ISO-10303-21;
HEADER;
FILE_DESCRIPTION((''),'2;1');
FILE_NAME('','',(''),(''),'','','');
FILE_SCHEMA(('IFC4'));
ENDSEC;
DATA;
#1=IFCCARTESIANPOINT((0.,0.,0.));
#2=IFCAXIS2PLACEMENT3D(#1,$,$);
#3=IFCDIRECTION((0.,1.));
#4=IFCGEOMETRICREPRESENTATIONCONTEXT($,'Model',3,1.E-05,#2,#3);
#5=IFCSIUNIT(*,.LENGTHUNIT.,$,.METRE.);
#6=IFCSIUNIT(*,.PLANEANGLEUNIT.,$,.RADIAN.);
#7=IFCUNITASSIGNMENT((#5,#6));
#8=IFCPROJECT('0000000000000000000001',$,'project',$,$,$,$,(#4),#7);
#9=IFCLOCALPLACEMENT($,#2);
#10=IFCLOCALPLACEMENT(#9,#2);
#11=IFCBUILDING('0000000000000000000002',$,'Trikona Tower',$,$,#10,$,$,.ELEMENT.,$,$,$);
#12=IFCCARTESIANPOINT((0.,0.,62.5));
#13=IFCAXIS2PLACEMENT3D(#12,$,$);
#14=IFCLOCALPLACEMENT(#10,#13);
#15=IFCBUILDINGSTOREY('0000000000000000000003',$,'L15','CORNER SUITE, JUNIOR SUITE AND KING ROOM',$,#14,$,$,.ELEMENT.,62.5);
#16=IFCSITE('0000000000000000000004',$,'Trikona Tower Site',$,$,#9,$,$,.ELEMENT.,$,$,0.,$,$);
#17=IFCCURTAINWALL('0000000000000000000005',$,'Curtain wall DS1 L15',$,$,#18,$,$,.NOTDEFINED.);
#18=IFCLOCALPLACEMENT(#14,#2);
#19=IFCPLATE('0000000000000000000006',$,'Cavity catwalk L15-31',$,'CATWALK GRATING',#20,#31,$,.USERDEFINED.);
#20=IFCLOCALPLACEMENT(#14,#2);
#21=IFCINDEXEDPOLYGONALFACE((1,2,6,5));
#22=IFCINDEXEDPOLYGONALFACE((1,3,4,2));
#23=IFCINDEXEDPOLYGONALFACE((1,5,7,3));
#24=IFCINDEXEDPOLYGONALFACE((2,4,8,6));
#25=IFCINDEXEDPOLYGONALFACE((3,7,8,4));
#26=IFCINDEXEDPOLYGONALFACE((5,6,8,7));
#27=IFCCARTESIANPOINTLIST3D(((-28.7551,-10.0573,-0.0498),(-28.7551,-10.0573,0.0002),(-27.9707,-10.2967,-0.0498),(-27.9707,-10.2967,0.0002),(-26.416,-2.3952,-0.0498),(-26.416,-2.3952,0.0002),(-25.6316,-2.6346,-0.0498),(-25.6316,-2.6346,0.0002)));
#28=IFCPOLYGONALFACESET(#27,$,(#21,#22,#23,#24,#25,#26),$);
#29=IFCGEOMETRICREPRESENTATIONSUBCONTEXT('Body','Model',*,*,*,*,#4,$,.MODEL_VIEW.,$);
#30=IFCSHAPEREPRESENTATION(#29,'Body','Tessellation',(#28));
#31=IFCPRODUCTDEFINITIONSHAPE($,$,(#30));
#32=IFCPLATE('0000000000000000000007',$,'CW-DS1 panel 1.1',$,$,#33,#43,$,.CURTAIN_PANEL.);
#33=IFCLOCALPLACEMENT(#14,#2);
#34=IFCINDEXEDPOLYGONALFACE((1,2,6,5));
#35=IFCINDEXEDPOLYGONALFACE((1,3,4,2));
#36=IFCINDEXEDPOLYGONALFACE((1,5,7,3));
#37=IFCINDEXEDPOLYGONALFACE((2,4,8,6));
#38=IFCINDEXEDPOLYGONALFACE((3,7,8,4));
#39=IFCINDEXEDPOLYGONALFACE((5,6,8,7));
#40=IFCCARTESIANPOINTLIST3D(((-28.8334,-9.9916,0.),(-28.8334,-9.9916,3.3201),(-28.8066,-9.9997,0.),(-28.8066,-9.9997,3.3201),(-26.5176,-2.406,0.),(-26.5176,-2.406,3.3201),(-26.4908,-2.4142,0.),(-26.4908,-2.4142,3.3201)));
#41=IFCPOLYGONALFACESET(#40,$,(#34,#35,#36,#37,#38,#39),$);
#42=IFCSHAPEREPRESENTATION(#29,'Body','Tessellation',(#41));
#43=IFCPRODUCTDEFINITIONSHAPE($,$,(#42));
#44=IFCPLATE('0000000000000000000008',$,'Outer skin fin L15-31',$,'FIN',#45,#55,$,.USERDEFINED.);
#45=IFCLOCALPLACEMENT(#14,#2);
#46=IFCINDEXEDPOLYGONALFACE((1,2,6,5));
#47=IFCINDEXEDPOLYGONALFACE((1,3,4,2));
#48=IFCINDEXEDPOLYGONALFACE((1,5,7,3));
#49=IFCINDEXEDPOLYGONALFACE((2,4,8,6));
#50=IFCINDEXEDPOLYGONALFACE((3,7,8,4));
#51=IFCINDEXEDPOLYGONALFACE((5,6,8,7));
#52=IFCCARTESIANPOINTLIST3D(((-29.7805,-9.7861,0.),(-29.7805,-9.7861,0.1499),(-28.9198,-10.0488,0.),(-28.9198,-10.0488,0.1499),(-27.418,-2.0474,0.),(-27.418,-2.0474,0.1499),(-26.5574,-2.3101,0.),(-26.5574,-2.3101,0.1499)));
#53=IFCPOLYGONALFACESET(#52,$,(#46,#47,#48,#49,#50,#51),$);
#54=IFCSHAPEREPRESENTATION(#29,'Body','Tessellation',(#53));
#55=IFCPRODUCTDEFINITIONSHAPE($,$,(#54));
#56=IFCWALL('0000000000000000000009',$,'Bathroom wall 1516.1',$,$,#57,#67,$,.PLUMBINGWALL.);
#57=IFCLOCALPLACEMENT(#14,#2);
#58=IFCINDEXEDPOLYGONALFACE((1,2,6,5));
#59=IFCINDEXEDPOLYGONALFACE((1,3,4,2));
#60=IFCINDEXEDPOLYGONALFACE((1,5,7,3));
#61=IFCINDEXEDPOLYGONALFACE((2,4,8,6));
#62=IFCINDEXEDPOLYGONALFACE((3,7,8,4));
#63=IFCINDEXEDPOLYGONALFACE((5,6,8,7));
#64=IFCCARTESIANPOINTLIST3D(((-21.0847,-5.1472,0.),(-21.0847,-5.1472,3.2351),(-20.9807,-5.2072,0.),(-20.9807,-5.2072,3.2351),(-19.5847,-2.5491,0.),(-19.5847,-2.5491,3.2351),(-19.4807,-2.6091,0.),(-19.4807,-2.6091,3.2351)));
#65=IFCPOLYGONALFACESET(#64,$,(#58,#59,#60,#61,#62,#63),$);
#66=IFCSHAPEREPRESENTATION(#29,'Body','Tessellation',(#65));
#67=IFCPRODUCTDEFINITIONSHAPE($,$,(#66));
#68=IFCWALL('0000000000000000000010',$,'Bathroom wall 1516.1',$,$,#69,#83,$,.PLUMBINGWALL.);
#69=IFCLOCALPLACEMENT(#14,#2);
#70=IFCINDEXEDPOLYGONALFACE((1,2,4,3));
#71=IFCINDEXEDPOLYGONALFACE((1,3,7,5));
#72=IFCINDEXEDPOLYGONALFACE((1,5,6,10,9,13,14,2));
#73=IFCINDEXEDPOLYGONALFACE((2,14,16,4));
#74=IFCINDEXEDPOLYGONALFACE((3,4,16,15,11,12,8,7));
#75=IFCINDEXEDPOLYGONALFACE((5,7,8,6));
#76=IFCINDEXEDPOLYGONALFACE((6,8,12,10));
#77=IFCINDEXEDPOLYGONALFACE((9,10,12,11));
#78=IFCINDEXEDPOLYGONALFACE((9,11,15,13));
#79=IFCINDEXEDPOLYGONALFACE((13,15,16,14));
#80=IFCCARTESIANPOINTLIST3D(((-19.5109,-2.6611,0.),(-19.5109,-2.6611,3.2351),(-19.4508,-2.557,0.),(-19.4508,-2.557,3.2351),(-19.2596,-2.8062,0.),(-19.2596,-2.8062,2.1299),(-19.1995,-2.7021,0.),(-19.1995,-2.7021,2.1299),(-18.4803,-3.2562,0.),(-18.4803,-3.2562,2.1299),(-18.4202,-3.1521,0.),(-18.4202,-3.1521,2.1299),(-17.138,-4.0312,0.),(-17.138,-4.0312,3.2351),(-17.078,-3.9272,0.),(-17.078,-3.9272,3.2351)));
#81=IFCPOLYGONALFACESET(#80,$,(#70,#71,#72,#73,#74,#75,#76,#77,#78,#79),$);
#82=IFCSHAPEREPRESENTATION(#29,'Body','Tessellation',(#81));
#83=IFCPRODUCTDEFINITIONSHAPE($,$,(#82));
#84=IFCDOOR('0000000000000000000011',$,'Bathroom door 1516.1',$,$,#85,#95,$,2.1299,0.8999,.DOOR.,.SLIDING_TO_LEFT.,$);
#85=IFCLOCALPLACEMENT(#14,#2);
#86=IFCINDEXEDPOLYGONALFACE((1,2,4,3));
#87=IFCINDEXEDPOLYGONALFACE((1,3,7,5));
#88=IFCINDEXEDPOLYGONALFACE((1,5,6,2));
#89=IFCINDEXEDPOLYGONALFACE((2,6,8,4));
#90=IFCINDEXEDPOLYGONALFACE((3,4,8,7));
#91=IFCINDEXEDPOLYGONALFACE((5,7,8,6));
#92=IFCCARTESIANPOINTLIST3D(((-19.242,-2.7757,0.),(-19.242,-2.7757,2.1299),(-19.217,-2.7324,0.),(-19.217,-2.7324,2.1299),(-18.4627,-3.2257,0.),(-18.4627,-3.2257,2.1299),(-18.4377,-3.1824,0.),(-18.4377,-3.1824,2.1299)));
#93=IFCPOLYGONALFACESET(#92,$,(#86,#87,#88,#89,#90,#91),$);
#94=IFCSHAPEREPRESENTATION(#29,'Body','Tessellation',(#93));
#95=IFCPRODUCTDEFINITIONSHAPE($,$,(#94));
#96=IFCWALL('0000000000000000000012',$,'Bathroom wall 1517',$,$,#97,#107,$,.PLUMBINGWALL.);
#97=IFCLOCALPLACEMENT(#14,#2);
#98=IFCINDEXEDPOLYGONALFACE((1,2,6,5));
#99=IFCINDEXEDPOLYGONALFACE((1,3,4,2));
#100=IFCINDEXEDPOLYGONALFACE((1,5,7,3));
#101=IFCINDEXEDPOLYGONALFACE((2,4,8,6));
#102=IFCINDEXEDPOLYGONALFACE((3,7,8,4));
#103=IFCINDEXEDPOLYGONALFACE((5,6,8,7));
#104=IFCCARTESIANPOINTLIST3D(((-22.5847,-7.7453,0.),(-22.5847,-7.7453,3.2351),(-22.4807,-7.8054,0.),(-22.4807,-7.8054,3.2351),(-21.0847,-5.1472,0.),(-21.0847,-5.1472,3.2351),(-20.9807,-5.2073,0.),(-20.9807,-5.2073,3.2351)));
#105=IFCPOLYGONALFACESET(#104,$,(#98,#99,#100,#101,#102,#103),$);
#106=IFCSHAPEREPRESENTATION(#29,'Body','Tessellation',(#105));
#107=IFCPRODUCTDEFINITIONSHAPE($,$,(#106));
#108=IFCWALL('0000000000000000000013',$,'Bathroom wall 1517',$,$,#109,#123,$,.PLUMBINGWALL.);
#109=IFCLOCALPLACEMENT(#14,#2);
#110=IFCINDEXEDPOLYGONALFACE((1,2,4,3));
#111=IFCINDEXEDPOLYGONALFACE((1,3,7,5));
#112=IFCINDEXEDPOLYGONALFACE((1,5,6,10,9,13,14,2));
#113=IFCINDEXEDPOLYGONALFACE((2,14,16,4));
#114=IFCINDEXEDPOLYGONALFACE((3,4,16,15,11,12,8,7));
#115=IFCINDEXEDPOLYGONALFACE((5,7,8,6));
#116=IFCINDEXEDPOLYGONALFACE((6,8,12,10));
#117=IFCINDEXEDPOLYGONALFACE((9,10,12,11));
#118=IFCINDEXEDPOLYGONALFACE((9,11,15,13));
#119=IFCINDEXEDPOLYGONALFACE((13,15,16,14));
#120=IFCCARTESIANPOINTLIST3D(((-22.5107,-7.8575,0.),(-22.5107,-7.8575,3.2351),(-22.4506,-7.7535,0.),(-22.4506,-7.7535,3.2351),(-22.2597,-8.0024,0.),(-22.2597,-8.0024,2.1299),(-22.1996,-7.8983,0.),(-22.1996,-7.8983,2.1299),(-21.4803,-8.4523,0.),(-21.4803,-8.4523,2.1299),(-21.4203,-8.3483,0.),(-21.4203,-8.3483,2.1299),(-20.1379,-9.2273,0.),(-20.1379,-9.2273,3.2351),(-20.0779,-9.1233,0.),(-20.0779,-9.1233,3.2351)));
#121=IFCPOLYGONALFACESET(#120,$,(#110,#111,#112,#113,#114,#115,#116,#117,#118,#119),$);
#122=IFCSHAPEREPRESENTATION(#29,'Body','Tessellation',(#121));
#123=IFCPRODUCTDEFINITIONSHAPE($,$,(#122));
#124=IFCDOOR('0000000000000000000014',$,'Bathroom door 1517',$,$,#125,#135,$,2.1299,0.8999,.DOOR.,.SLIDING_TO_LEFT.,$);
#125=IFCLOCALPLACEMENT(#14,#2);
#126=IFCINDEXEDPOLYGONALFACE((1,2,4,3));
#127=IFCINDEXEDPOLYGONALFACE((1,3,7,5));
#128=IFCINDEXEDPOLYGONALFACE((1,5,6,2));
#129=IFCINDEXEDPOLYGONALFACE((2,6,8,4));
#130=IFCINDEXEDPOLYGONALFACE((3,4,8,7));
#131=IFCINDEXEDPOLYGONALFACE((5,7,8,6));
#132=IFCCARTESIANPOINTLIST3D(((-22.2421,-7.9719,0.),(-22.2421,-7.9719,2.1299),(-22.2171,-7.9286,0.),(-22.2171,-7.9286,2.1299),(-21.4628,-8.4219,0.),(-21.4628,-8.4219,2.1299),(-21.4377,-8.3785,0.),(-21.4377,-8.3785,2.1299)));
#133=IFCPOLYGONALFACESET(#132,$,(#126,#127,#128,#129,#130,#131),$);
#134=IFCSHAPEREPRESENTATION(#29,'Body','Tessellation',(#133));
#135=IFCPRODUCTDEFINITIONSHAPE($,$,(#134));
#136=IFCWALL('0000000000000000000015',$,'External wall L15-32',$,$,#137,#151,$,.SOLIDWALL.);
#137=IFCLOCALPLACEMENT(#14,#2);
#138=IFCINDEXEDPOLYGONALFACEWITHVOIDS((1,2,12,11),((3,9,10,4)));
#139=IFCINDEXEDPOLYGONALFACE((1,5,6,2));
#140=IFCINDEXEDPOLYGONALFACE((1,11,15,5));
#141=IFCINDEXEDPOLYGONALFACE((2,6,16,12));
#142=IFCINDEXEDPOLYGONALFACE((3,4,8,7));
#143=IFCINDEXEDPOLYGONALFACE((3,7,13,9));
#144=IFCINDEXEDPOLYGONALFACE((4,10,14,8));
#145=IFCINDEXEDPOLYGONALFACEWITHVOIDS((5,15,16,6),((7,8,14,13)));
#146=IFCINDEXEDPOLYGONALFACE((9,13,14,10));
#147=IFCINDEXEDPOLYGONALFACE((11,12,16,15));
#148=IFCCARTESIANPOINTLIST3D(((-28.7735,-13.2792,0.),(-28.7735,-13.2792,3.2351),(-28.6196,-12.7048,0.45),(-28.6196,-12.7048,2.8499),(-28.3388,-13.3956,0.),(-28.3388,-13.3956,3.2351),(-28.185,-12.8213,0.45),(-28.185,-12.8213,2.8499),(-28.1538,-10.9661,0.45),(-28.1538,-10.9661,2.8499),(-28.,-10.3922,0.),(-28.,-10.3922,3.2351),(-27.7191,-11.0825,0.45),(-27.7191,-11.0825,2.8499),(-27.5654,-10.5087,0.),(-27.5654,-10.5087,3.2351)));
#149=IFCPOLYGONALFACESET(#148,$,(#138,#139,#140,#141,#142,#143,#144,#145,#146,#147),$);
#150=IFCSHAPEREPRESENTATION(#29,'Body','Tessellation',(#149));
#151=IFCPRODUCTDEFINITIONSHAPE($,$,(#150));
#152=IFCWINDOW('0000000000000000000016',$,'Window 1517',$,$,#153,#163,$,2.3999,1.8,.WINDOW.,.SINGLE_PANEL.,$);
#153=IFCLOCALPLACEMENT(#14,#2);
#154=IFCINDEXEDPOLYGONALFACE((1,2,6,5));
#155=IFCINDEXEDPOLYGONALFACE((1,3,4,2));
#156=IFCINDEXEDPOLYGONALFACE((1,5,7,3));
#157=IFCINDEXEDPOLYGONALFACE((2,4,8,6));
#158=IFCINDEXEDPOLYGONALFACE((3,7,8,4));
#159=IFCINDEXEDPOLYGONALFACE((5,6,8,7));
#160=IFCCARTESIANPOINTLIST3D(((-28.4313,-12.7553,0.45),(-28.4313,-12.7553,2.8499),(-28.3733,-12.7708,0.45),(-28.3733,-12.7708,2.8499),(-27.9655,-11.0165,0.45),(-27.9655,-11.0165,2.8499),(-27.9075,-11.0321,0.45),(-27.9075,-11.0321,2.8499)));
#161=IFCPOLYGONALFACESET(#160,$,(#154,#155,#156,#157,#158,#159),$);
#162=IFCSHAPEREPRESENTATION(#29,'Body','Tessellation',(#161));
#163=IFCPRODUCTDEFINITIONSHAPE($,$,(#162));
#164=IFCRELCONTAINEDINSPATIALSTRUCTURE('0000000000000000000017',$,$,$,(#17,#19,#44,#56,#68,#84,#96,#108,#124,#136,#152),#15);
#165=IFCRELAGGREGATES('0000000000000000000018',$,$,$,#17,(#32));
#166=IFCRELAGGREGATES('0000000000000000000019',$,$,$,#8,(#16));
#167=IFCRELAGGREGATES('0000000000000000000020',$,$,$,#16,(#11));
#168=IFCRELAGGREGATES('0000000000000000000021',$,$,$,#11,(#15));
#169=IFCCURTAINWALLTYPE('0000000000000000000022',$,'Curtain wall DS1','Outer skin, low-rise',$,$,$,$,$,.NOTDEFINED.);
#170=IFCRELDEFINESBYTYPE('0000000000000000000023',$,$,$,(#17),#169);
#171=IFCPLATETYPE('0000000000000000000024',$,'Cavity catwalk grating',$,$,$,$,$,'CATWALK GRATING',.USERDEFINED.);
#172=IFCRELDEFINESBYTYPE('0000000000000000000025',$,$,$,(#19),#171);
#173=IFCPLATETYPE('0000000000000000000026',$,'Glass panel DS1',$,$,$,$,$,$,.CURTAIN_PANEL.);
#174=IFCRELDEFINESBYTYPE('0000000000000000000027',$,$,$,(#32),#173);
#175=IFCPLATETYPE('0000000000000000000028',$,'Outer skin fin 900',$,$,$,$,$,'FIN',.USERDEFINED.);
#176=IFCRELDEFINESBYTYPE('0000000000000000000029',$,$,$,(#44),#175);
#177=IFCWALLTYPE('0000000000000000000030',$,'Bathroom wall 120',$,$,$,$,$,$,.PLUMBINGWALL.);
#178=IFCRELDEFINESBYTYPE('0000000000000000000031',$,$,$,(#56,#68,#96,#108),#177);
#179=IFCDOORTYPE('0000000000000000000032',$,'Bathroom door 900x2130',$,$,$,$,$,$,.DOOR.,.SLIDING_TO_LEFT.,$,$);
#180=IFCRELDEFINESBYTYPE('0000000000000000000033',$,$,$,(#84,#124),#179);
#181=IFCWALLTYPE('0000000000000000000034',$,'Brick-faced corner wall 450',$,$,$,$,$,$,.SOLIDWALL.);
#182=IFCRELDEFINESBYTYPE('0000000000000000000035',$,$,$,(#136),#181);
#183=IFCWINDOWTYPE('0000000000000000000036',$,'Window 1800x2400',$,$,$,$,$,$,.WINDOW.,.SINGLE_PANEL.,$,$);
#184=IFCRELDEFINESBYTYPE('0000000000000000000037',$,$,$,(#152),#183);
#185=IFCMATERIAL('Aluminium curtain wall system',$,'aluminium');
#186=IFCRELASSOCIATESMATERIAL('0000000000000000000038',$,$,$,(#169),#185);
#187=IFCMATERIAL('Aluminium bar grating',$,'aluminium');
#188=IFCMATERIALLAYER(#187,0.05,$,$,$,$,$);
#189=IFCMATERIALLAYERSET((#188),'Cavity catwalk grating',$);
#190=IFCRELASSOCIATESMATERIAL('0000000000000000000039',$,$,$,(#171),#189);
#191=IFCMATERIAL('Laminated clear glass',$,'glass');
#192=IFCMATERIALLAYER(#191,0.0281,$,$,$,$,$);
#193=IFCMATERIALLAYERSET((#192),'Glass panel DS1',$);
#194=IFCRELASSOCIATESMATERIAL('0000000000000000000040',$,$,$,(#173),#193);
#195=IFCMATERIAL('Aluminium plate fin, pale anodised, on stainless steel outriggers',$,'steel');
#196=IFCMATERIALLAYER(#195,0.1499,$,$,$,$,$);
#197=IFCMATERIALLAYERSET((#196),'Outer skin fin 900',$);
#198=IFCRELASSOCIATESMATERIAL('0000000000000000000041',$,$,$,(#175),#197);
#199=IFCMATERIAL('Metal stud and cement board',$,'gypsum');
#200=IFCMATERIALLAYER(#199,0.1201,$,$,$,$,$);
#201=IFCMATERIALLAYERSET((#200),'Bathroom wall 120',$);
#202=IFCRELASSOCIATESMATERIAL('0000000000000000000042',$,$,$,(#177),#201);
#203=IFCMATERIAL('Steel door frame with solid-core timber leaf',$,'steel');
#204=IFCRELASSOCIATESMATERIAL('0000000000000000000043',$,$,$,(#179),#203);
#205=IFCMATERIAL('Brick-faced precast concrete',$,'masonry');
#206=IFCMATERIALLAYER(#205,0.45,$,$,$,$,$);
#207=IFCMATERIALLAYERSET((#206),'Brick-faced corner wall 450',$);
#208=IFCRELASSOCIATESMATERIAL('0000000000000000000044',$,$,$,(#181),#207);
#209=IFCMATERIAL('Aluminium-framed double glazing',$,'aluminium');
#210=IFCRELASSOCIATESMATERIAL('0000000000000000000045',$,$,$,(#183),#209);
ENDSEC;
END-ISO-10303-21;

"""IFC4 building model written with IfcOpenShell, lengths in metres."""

from ifc_helpers import new_model, si_unit, direction, frame, frame_2d, origin, origin_2d, place, context, subcontext, project, spatial, rectangle, extrude, material, layer, layer_set, type_object, element, fill, aggregate, save


model = new_model("IFC4")

# Units and contexts
model_context = context("Model", 3, precision=1e-05, world=origin(), true_north=direction((0.0, 1.0)))
body_context = subcontext(model_context, "Body", "Model", "MODEL_VIEW")
ifc_project = project(units=[si_unit("LENGTHUNIT", "METRE"), si_unit("PLANEANGLEUNIT", "RADIAN")], contexts=[model_context])

# Site, building, storey
site_placement = place(None, origin())
site = spatial("IfcSite", under=ifc_project, at=site_placement, Name="Trikona Tower Site", CompositionType="ELEMENT", RefElevation=0.0)
building_placement = place(site_placement, origin())
building = spatial("IfcBuilding", under=site, at=building_placement, Name="Trikona Tower", CompositionType="ELEMENT")
storey_placement = place(building_placement, frame((0.0, 0.0, 62.5)))
storey = spatial("IfcBuildingStorey", under=building, at=storey_placement, Name="L15", Description="CORNER SUITE, JUNIOR SUITE AND KING ROOM", CompositionType="ELEMENT", Elevation=62.5)

# Curtain wall
ifc_material_1 = material(Name="Aluminium curtain wall system", Category="aluminium")
curtain_wall_type = type_object("IfcCurtainWallType", Name="Curtain wall DS1", Description="Outer skin, low-rise", PredefinedType="NOTDEFINED", material=ifc_material_1)
curtain_wall_placement = place(storey_placement, origin())
curtain_wall = element("IfcCurtainWall", 1, at=curtain_wall_placement, inside=storey, type_object=curtain_wall_type, Name="Curtain wall DS1 L15", PredefinedType="NOTDEFINED")

# Plates
ifc_material_2 = material(Name="Aluminium bar grating", Category="aluminium")
ifc_layer_1 = layer(ifc_material_2, 0.05)
ifc_layer_set_1 = layer_set([ifc_layer_1], Name="Cavity catwalk grating")
plate_type_1 = type_object("IfcPlateType", Name="Cavity catwalk grating", ElementType="CATWALK GRATING", PredefinedType="USERDEFINED", material=ifc_layer_set_1)
plate_1_placement = place(storey_placement, frame((-27.1934, -6.3459, -0.0498), z_axis=(0.0, 0.0, 1.0), x_axis=(-0.291979, -0.956425, 0.0)))
element("IfcPlate", 2, at=plate_1_placement, inside=storey, type_object=plate_type_1, Name="Cavity catwalk L15-31", ObjectType="CATWALK GRATING", PredefinedType="USERDEFINED", context=body_context, shape_type="SweptSolid", body=[
    extrude(rectangle(XDim=8.0112, YDim=0.8201, at=origin_2d()), origin(), (0.0, 0.0, 1.0), 0.05),
])
ifc_material_3 = material(Name="Laminated clear glass", Category="glass")
ifc_layer_2 = layer(ifc_material_3, 0.0281)
ifc_layer_set_2 = layer_set([ifc_layer_2], Name="Glass panel DS1")
plate_type_2 = type_object("IfcPlateType", Name="Glass panel DS1", PredefinedType="CURTAIN_PANEL", material=ifc_layer_set_2)
plate_2_placement = place(storey_placement, frame((-27.6621, -6.2029, 0.0), z_axis=(0.0, 0.0, 1.0), x_axis=(-0.291984, -0.956423, 0.0)))
plate_2 = element("IfcPlate", 3, at=plate_2_placement, type_object=plate_type_2, Name="CW-DS1 panel 1.1", PredefinedType="CURTAIN_PANEL", context=body_context, shape_type="SweptSolid", body=[
    extrude(rectangle(XDim=7.9312, YDim=0.0281, at=origin_2d()), origin(), (0.0, 0.0, 1.0), 3.3201),
])
aggregate(curtain_wall, [plate_2])
ifc_material_4 = material(Name="Aluminium plate fin, pale anodised, on stainless steel outriggers", Category="steel")
ifc_layer_3 = layer(ifc_material_4, 0.1499)
ifc_layer_set_3 = layer_set([ifc_layer_3], Name="Outer skin fin 900")
plate_type_3 = type_object("IfcPlateType", Name="Outer skin fin 900", ElementType="FIN", PredefinedType="USERDEFINED", material=ifc_layer_set_3)
plate_3_placement = place(storey_placement, frame((-28.1689, -6.0481, 0.0), z_axis=(0.0, 0.0, 1.0), x_axis=(-0.291979, -0.956425, 0.0)))
element("IfcPlate", 4, at=plate_3_placement, inside=storey, type_object=plate_type_3, Name="Outer skin fin L15-31", ObjectType="FIN", PredefinedType="USERDEFINED", context=body_context, shape_type="SweptSolid", body=[
    extrude(rectangle(XDim=8.0913, YDim=0.8999, at=origin_2d()), origin(), (0.0, 0.0, 1.0), 0.1499),
])

# Wall
ifc_material_5 = material(Name="Metal stud and cement board", Category="gypsum")
ifc_layer_4 = layer(ifc_material_5, 0.1201)
ifc_layer_set_4 = layer_set([ifc_layer_4], Name="Bathroom wall 120")
wall_type_1 = type_object("IfcWallType", Name="Bathroom wall 120", PredefinedType="PLUMBINGWALL", material=ifc_layer_set_4)
wall_1_placement = place(storey_placement, frame((-19.5327, -2.5791, 0.0), z_axis=(0.0, 0.0, 1.0), x_axis=(-0.49999, -0.866031, 0.0)))
element("IfcWall", 5, at=wall_1_placement, inside=storey, type_object=wall_type_1, Name="Bathroom wall 1516.1", PredefinedType="PLUMBINGWALL", context=body_context, shape_type="SweptSolid", body=[
    extrude(rectangle(XDim=3.0, YDim=0.1201, at=frame_2d((1.5, 0.0))), origin(), (0.0, 0.0, 1.0), 3.2351),
])

# Wall, opening, door
wall_2_placement = place(storey_placement, frame((-17.1079, -3.9792, 0.0), z_axis=(0.0, 0.0, 1.0), x_axis=(-0.865997, 0.500049, 0.0)))
wall_2 = element("IfcWall", 6, at=wall_2_placement, inside=storey, type_object=wall_type_1, Name="Bathroom wall 1516.1", PredefinedType="PLUMBINGWALL", context=body_context, shape_type="SweptSolid", body=[
    extrude(rectangle(XDim=2.74, YDim=0.1201, at=frame_2d((1.3701, 0.0))), origin(), (0.0, 0.0, 1.0), 3.2351),
])
opening_1_placement = place(wall_2_placement, frame((1.55, 0.0, 0.0)))
opening_1 = element("IfcOpeningElement", 7, at=opening_1_placement, cuts=wall_2, PredefinedType="OPENING", context=body_context, shape_type="SweptSolid", body=[
    extrude(rectangle(XDim=0.8999, YDim=2.1299, at=frame_2d((0.45, 1.0649))), frame((0.0, 0.0701, 0.0), z_axis=(0.0, -1.0, 0.0), x_axis=(1.0, 0.0, 0.0)), (0.0, 0.0, 1.0), 0.1401),
])
ifc_material_6 = material(Name="Steel door frame with solid-core timber leaf", Category="steel")
door_type_1 = type_object("IfcDoorType", Name="Bathroom door 900x2130", OperationType="SLIDING_TO_LEFT", PredefinedType="DOOR", material=ifc_material_6)
door_1_placement = place(opening_1_placement, origin())
door_1 = element("IfcDoor", 8, at=door_1_placement, inside=storey, type_object=door_type_1, Name="Bathroom door 1516.1", OperationType="SLIDING_TO_LEFT", OverallHeight=2.1299, OverallWidth=0.8999, PredefinedType="DOOR", context=body_context, shape_type="SweptSolid", body=[
    extrude(rectangle(XDim=0.8999, YDim=2.1299, at=frame_2d((0.45, 1.0649))), frame((0.0, 0.0249, 0.0), z_axis=(0.0, -1.0, 0.0), x_axis=(1.0, 0.0, 0.0)), (0.0, 0.0, 1.0), 0.05),
])
fill(opening_1, door_1)

# Wall
wall_3_placement = place(storey_placement, frame((-21.0327, -5.1772, 0.0), z_axis=(0.0, 0.0, 1.0), x_axis=(-0.49999, -0.866031, 0.0)))
element("IfcWall", 9, at=wall_3_placement, inside=storey, type_object=wall_type_1, Name="Bathroom wall 1517", PredefinedType="PLUMBINGWALL", context=body_context, shape_type="SweptSolid", body=[
    extrude(rectangle(XDim=3.0, YDim=0.1201, at=frame_2d((1.5, 0.0))), origin(), (0.0, 0.0, 1.0), 3.2351),
])

# Wall, opening, door
wall_4_placement = place(storey_placement, frame((-20.1079, -9.1753, 0.0), z_axis=(0.0, 0.0, 1.0), x_axis=(-0.866036, 0.499982, 0.0)))
wall_4 = element("IfcWall", 10, at=wall_4_placement, inside=storey, type_object=wall_type_1, Name="Bathroom wall 1517", PredefinedType="PLUMBINGWALL", context=body_context, shape_type="SweptSolid", body=[
    extrude(rectangle(XDim=2.7397, YDim=0.1201, at=frame_2d((1.3699, 0.0))), origin(), (0.0, 0.0, 1.0), 3.2351),
])
opening_2_placement = place(wall_4_placement, frame((1.55, 0.0, 0.0)))
opening_2 = element("IfcOpeningElement", 11, at=opening_2_placement, cuts=wall_4, PredefinedType="OPENING", context=body_context, shape_type="SweptSolid", body=[
    extrude(rectangle(XDim=0.8999, YDim=2.1299, at=frame_2d((0.45, 1.0649))), frame((0.0, 0.0701, 0.0), z_axis=(0.0, -1.0, 0.0), x_axis=(1.0, 0.0, 0.0)), (0.0, 0.0, 1.0), 0.1401),
])
door_2_placement = place(opening_2_placement, origin())
door_2 = element("IfcDoor", 12, at=door_2_placement, inside=storey, type_object=door_type_1, Name="Bathroom door 1517", OperationType="SLIDING_TO_LEFT", OverallHeight=2.1299, OverallWidth=0.8999, PredefinedType="DOOR", context=body_context, shape_type="SweptSolid", body=[
    extrude(rectangle(XDim=0.8999, YDim=2.1299, at=frame_2d((0.45, 1.0649))), frame((0.0, 0.0249, 0.0), z_axis=(0.0, -1.0, 0.0), x_axis=(1.0, 0.0, 0.0)), (0.0, 0.0, 1.0), 0.05),
])
fill(opening_2, door_2)

# Wall, opening, window
ifc_material_7 = material(Name="Brick-faced precast concrete", Category="masonry")
ifc_layer_5 = layer(ifc_material_7, 0.45)
ifc_layer_set_5 = layer_set([ifc_layer_5], Name="Brick-faced corner wall 450")
wall_type_2 = type_object("IfcWallType", Name="Brick-faced corner wall 450", PredefinedType="SOLIDWALL", material=ifc_layer_set_5)
wall_5_placement = place(storey_placement, frame((-27.7827, -10.4504, 0.0), z_axis=(0.0, 0.0, 1.0), x_axis=(-0.258781, -0.965936, 0.0)))
wall_5 = element("IfcWall", 13, at=wall_5_placement, inside=storey, type_object=wall_type_2, Name="External wall L15-32", PredefinedType="SOLIDWALL", context=body_context, shape_type="SweptSolid", body=[
    extrude(rectangle(XDim=2.9888, YDim=0.45, at=frame_2d((1.4944, 0.0))), origin(), (0.0, 0.0, 1.0), 3.2351),
])
opening_3_placement = place(wall_5_placement, frame((0.5942, 0.0, 0.45)))
opening_3 = element("IfcOpeningElement", 14, at=opening_3_placement, cuts=wall_5, PredefinedType="OPENING", context=body_context, shape_type="SweptSolid", body=[
    extrude(rectangle(XDim=1.8, YDim=2.3999, at=frame_2d((0.8999, 1.2))), frame((0.0, 0.2349, 0.0), z_axis=(0.0, -1.0, 0.0), x_axis=(1.0, 0.0, 0.0)), (0.0, 0.0, 1.0), 0.47),
])
ifc_material_8 = material(Name="Aluminium-framed double glazing", Category="aluminium")
window_type_1 = type_object("IfcWindowType", Name="Window 1800x2400", PartitioningType="SINGLE_PANEL", PredefinedType="WINDOW", material=ifc_material_8)
window_1_placement = place(opening_3_placement, origin())
window_1 = element("IfcWindow", 15, at=window_1_placement, inside=storey, type_object=window_type_1, Name="Window 1517", OverallHeight=2.3999, OverallWidth=1.8, PartitioningType="SINGLE_PANEL", PredefinedType="WINDOW", context=body_context, shape_type="SweptSolid", body=[
    extrude(rectangle(XDim=1.8, YDim=2.3999, at=frame_2d((0.8999, 1.2))), frame((0.0, 0.03, 0.0), z_axis=(0.0, -1.0, 0.0), x_axis=(1.0, 0.0, 0.0)), (0.0, 0.0, 1.0), 0.0601),
])
fill(opening_3, window_1)

save(model, "model.ifc")
